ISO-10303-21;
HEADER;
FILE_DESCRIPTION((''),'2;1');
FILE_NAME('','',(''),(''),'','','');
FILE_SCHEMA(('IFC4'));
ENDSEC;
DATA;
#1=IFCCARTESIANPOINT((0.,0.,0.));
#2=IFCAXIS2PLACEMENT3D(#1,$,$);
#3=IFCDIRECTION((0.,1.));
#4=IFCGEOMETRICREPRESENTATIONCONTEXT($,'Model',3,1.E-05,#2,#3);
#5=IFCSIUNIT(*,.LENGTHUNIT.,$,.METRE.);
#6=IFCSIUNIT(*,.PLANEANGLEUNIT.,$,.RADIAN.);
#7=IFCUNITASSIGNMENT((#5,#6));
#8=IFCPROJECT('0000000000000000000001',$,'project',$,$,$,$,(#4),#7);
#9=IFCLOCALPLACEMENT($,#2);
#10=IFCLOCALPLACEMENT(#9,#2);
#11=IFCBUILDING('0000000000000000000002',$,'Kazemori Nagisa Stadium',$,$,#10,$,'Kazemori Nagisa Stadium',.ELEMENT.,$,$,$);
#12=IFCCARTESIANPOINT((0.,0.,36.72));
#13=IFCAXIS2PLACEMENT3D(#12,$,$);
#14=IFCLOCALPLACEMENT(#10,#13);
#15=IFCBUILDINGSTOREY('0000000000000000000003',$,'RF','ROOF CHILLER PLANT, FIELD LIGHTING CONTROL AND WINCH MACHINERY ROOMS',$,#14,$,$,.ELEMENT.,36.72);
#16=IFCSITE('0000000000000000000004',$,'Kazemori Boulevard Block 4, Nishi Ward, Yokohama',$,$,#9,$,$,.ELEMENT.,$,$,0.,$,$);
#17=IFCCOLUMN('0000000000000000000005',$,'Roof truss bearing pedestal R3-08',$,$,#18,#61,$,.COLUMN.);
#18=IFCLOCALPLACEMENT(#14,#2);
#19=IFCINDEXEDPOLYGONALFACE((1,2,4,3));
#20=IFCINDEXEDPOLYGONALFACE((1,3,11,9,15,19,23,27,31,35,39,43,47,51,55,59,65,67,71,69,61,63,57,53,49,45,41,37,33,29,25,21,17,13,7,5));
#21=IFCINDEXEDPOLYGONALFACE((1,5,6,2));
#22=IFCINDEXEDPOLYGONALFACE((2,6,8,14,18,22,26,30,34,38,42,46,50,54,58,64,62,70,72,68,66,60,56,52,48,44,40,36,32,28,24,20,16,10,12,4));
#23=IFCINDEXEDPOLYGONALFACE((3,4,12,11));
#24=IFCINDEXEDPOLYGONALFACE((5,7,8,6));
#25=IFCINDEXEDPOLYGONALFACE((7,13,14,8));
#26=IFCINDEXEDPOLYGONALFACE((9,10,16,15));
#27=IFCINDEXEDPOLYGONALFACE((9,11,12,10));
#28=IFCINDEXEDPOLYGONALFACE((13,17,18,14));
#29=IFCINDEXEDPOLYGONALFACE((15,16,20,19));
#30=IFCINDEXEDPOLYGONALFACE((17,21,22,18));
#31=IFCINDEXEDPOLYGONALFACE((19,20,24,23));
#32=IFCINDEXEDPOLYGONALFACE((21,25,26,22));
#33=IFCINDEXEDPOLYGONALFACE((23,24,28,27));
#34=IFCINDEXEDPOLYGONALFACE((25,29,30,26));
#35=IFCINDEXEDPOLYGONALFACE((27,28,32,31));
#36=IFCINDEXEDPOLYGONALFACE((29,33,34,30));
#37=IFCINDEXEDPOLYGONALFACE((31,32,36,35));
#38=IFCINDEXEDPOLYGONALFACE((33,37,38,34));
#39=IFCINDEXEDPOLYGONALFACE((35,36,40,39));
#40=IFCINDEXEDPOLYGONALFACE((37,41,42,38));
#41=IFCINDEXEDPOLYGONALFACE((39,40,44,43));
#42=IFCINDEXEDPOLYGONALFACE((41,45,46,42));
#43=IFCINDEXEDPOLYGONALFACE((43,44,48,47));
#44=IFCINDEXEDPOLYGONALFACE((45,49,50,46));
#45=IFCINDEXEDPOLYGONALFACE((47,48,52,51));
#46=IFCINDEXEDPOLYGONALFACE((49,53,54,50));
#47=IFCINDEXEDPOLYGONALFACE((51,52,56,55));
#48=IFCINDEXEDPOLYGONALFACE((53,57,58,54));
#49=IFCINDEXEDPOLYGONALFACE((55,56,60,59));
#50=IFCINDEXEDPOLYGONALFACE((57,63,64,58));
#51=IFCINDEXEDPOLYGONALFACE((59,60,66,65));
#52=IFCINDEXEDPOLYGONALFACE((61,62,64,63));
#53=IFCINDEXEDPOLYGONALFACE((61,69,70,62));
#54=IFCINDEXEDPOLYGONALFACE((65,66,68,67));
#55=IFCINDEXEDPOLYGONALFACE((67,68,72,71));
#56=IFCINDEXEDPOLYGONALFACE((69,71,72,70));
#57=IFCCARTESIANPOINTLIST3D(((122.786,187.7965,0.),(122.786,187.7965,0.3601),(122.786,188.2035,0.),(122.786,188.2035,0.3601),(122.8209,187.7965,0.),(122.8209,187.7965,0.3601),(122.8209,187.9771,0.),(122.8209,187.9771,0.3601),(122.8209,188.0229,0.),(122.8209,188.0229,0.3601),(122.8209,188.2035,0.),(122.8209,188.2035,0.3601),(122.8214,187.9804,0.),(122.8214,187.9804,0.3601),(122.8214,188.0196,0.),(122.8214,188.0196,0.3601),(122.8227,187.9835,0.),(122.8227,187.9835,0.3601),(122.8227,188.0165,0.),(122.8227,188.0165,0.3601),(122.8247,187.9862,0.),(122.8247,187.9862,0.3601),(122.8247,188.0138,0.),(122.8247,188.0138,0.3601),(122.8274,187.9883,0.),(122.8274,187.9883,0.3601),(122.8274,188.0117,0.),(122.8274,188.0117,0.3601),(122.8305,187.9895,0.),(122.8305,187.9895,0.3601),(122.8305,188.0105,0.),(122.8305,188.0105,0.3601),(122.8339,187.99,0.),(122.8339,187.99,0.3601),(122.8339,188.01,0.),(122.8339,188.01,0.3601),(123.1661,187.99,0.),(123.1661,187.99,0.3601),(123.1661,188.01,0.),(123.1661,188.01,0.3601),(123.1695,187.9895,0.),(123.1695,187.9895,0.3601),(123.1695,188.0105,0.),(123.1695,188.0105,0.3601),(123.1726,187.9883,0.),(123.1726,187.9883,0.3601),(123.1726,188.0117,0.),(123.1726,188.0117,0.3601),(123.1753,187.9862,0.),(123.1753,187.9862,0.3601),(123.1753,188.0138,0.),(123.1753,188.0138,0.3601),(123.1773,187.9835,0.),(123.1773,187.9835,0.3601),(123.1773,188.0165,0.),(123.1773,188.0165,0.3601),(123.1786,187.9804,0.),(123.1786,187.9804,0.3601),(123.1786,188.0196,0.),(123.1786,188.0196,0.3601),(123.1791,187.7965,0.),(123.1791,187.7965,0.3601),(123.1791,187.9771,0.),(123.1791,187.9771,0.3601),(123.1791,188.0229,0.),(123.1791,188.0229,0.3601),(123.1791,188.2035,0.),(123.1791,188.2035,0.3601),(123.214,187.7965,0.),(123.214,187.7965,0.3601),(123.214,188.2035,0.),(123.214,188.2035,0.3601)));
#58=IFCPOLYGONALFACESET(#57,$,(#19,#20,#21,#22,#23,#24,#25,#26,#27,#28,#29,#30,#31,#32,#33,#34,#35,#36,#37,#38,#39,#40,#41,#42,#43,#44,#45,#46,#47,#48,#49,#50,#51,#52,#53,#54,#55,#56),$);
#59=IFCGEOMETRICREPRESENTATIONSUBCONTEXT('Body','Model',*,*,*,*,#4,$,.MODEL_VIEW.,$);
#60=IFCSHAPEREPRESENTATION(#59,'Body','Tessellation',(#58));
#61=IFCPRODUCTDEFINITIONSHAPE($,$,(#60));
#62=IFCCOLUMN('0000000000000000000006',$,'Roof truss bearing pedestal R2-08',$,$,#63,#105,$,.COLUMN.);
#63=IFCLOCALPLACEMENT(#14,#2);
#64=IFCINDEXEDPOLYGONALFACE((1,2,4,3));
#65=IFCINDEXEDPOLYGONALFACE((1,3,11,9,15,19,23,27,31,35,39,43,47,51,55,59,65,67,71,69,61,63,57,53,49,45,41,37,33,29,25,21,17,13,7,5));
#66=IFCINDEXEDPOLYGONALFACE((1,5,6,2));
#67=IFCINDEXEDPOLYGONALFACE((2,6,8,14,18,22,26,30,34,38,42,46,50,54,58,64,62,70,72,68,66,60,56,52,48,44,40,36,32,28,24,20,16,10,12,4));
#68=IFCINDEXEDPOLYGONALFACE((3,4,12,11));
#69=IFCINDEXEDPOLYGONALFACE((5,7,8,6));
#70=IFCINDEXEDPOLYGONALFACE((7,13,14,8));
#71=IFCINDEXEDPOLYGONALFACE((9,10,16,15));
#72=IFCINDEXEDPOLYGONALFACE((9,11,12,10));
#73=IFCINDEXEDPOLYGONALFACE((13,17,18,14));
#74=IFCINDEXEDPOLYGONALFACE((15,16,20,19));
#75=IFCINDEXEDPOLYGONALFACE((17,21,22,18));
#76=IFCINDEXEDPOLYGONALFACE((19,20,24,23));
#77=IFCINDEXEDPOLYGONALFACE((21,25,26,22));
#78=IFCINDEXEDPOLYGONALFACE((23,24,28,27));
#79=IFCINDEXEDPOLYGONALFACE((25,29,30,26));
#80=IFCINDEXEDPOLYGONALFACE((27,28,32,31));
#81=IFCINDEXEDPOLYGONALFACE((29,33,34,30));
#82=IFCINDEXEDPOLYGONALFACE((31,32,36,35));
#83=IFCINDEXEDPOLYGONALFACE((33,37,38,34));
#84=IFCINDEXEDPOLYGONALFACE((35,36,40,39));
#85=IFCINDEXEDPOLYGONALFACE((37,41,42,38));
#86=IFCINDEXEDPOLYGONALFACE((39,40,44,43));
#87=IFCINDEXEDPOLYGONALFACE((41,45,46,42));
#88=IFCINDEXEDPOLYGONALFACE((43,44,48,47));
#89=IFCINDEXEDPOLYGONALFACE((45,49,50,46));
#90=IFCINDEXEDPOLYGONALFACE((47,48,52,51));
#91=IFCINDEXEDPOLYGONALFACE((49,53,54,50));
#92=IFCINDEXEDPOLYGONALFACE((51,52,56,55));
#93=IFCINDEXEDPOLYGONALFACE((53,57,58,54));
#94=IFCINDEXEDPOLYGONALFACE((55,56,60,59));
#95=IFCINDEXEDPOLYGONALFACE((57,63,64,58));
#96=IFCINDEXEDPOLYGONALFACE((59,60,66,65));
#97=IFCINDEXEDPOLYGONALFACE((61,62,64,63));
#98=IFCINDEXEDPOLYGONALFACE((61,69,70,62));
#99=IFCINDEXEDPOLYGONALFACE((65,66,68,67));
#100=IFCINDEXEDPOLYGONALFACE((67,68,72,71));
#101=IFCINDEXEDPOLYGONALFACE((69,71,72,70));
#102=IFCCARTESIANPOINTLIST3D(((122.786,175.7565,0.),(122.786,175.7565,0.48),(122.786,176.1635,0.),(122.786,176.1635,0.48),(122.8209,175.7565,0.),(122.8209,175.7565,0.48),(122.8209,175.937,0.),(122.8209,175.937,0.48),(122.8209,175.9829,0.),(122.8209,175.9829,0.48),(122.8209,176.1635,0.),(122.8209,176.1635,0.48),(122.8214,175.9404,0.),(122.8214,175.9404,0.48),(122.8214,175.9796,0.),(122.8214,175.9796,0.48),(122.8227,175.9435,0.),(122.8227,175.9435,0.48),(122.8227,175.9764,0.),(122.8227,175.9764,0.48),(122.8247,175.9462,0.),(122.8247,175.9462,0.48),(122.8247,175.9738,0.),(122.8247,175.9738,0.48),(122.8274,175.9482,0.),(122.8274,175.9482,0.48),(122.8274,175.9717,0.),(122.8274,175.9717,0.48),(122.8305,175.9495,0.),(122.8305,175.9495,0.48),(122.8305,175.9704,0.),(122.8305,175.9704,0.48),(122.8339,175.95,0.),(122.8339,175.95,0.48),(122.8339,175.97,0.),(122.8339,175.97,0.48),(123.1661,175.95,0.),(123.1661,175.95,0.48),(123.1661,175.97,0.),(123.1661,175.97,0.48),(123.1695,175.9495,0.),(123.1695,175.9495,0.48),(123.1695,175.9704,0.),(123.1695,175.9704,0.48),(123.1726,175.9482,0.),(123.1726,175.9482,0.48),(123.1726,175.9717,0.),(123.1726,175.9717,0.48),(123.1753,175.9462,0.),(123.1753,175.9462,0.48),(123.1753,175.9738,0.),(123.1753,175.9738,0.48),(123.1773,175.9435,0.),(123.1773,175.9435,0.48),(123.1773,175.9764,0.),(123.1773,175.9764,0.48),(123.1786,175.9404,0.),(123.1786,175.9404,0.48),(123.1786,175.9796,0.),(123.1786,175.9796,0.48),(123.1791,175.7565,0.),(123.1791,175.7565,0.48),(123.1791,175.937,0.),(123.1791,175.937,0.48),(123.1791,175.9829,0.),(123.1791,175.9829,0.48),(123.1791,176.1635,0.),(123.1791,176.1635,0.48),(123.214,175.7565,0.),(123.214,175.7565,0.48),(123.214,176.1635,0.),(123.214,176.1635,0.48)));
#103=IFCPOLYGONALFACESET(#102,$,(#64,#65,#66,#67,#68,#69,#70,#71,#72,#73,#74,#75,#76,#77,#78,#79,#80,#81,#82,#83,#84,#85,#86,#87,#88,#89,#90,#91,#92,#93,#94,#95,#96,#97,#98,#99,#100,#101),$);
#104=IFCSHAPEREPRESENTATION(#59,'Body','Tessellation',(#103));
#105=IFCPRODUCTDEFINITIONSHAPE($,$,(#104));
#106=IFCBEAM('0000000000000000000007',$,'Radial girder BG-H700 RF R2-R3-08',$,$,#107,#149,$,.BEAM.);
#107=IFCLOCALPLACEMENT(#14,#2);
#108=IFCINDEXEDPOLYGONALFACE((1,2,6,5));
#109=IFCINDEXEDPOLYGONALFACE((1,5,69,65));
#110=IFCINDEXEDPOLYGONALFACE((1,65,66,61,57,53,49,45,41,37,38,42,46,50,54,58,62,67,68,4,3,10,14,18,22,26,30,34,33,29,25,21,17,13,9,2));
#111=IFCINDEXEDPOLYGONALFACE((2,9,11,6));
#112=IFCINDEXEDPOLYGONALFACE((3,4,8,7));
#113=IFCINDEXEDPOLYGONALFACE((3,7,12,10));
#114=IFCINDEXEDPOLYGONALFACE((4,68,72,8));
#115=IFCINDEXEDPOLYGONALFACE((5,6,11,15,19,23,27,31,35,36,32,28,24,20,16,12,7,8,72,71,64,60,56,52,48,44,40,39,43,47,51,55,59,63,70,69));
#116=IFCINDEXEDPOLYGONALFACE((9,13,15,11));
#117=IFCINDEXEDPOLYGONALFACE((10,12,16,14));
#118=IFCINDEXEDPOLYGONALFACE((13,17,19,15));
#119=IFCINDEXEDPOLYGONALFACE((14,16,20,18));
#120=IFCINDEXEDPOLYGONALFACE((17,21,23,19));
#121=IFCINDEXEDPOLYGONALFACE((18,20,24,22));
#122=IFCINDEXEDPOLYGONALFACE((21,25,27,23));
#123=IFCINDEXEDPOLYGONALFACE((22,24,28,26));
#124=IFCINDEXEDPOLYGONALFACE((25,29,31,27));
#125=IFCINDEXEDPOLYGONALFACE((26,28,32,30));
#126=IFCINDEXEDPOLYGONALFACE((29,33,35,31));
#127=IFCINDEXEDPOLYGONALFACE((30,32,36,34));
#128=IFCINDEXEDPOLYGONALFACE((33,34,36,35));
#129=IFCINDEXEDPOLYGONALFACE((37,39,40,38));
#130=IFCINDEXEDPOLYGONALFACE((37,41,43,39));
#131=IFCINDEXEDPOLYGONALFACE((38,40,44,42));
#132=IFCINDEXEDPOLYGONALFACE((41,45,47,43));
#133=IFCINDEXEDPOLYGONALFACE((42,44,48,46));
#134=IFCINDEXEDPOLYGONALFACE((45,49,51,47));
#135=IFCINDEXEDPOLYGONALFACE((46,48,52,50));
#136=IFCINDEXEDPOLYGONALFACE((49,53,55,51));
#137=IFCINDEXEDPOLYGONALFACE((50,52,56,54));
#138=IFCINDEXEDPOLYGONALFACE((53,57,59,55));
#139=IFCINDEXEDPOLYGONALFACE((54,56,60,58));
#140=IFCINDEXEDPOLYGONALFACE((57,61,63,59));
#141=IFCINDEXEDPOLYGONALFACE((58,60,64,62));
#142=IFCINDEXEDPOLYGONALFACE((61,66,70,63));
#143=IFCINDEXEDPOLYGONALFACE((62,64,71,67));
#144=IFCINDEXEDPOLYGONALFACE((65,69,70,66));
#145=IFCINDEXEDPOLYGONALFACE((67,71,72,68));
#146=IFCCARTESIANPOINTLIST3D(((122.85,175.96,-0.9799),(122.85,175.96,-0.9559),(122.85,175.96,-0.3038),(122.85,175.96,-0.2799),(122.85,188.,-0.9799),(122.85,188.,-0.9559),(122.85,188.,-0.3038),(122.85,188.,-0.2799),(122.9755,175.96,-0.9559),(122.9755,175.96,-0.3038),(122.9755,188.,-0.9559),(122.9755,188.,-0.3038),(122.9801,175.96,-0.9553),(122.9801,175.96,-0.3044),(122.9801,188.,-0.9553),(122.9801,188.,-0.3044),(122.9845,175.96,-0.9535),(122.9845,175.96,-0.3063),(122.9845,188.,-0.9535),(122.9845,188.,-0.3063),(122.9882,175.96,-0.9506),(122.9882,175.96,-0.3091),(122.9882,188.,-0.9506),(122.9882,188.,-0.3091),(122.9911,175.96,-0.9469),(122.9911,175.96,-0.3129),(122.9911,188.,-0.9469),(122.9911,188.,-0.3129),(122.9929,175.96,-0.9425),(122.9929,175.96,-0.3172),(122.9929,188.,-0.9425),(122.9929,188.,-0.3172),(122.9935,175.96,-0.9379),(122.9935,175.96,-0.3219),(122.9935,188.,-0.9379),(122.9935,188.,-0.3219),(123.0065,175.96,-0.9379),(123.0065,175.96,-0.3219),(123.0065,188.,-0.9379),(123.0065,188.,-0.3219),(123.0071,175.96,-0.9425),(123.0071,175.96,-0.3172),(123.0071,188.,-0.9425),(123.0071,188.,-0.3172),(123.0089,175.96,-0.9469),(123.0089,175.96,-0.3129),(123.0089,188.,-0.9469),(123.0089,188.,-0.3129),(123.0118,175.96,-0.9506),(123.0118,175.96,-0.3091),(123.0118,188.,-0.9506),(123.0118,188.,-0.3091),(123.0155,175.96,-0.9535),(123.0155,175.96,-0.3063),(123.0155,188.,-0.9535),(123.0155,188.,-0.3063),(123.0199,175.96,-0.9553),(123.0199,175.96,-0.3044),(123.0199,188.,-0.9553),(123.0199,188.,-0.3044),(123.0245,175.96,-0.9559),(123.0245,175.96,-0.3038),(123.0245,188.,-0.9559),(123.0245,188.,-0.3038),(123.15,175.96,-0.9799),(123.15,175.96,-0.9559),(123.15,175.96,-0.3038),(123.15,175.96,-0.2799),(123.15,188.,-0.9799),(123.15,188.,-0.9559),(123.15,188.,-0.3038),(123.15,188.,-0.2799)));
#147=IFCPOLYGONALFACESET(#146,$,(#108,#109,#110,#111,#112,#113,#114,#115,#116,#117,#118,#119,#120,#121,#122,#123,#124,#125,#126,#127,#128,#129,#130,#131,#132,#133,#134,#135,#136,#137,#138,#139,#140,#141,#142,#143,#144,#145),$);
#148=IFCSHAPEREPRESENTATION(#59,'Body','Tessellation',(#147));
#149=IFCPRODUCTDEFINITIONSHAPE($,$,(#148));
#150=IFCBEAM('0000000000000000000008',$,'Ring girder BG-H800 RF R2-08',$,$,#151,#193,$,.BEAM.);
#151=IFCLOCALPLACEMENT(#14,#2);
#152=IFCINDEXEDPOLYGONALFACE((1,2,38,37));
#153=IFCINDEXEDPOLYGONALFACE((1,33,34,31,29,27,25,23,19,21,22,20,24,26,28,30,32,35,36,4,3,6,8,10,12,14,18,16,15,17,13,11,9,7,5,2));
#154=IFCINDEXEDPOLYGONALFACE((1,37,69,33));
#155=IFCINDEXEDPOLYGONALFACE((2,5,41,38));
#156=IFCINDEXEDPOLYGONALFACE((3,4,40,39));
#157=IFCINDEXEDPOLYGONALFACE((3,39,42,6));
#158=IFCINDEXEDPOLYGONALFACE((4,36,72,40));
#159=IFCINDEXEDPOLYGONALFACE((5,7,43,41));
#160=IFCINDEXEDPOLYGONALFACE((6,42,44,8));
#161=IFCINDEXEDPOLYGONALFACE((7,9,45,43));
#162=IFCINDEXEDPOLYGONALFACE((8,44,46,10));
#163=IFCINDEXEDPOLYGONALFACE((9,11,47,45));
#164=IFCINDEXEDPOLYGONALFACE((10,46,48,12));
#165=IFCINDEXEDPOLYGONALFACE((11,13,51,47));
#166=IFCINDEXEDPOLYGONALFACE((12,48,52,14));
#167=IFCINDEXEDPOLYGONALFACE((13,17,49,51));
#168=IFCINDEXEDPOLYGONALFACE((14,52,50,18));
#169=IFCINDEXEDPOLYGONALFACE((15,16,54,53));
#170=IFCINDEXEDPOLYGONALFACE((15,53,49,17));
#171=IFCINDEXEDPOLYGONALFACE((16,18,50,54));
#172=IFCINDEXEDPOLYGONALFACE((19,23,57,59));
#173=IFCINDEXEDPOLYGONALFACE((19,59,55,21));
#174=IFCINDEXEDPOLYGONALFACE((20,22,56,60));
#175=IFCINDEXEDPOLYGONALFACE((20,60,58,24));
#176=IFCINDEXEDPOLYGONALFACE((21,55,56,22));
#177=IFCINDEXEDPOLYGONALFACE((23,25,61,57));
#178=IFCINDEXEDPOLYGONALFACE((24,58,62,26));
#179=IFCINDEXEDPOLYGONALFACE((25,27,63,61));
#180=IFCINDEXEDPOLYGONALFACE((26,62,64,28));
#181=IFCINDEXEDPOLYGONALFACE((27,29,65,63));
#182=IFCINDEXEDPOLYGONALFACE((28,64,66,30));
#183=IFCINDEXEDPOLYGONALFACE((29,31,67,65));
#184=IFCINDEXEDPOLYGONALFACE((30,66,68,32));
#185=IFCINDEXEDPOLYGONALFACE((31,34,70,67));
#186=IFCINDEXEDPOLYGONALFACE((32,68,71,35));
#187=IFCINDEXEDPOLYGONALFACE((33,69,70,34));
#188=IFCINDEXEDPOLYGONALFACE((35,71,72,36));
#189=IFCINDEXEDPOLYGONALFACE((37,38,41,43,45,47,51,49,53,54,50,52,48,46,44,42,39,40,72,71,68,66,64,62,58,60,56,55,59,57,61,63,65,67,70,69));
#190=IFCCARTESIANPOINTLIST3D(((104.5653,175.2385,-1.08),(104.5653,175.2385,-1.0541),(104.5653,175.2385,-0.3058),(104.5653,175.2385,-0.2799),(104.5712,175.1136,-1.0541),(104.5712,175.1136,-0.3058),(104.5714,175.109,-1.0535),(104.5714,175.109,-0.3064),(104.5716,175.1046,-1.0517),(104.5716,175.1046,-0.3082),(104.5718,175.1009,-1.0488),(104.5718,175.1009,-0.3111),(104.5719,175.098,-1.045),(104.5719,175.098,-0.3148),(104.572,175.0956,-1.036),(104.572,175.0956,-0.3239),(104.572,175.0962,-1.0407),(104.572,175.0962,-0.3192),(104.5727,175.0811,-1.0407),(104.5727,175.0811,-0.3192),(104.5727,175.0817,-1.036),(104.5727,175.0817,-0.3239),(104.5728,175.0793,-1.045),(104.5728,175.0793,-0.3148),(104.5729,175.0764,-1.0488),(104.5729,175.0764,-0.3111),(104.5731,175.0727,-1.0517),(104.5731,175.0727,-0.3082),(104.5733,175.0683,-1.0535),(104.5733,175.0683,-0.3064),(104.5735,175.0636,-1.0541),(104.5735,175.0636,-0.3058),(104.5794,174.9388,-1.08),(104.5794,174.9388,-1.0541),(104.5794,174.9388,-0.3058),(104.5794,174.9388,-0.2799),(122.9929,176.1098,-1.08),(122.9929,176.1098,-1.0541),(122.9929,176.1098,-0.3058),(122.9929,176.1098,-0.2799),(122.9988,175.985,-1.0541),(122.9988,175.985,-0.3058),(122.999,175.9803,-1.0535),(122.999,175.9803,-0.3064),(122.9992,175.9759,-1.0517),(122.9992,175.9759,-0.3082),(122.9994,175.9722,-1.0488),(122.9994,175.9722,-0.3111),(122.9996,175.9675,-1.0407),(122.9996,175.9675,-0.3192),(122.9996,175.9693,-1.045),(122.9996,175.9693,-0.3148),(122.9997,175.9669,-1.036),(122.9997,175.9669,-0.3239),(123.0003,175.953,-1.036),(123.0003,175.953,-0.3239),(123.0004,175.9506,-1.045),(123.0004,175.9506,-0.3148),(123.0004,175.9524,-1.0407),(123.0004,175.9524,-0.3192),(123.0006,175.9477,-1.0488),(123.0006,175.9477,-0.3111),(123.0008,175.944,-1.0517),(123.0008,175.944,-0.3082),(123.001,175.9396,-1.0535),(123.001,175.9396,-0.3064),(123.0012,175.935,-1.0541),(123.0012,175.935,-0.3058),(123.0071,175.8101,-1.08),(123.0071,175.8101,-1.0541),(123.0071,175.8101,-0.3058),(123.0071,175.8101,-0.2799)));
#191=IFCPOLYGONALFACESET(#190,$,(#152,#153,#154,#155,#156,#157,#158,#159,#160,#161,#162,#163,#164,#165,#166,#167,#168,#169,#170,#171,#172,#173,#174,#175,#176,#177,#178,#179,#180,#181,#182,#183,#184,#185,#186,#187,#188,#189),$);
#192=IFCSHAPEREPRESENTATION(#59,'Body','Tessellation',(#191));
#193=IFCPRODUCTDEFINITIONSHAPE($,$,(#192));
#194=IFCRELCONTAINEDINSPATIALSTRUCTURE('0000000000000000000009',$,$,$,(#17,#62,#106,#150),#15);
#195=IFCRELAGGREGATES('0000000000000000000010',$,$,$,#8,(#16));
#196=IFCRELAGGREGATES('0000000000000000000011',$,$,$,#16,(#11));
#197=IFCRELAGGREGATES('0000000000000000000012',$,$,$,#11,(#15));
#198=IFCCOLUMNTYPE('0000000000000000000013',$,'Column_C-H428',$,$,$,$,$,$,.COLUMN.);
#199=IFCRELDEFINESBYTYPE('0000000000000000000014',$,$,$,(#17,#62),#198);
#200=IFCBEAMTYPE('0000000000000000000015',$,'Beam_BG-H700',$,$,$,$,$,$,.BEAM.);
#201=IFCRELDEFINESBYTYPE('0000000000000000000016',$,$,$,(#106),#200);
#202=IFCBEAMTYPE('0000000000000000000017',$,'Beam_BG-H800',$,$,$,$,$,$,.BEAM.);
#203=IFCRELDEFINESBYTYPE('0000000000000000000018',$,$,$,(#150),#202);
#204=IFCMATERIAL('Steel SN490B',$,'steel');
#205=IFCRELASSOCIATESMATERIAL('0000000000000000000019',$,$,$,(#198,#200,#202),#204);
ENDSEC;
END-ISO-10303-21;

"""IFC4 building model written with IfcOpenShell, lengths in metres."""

from ifc_helpers import new_model, si_unit, direction, frame, origin, origin_2d, place, context, subcontext, project, spatial, i_section, extrude, material, material_profile, profile_set, type_object, element, save


model = new_model("IFC4")

# Units and contexts
model_context = context("Model", 3, precision=1e-05, world=origin(), true_north=direction((0.0, 1.0)))
body_context = subcontext(model_context, "Body", "Model", "MODEL_VIEW")
ifc_project = project(units=[si_unit("LENGTHUNIT", "METRE"), si_unit("PLANEANGLEUNIT", "RADIAN")], contexts=[model_context])

# Site, building, storey
site_placement = place(None, origin())
site = spatial("IfcSite", under=ifc_project, at=site_placement, Name="Kazemori Boulevard Block 4, Nishi Ward, Yokohama", CompositionType="ELEMENT", RefElevation=0.0)
building_placement = place(site_placement, origin())
building = spatial("IfcBuilding", under=site, at=building_placement, Name="Kazemori Nagisa Stadium", LongName="Kazemori Nagisa Stadium", CompositionType="ELEMENT")
storey_placement = place(building_placement, frame((0.0, 0.0, 36.72)))
storey = spatial("IfcBuildingStorey", under=building, at=storey_placement, Name="RF", Description="ROOF CHILLER PLANT, FIELD LIGHTING CONTROL AND WINCH MACHINERY ROOMS", CompositionType="ELEMENT", Elevation=36.72)

# Columns
ifc_material_1 = material(Name="Steel SN490B", Category="steel")
ifc_material_profile_1 = material_profile(ifc_material_1, i_section(OverallWidth=0.407, OverallDepth=0.428, WebThickness=0.02, FlangeThickness=0.0349, FilletRadius=0.0129, at=origin_2d()), Name="H-428x407x20x35")
ifc_profile_set_1 = profile_set([ifc_material_profile_1], Name="Steel SN490B")
column_type = type_object("IfcColumnType", Name="Column_C-H428", PredefinedType="COLUMN", material=ifc_profile_set_1)
column_1_placement = place(storey_placement, frame((123.0, 188.0, 0.0), z_axis=(0.0, 0.0, 1.0), x_axis=(0.0, 1.0, 0.0)))
element("IfcColumn", 1, at=column_1_placement, inside=storey, type_object=column_type, Name="Roof truss bearing pedestal R3-08", PredefinedType="COLUMN", context=body_context, shape_type="SweptSolid", body=[
    extrude(i_section(OverallWidth=0.407, OverallDepth=0.428, WebThickness=0.02, FlangeThickness=0.0349, FilletRadius=0.0129, at=origin_2d()), origin(), (0.0, 0.0, 1.0), 0.3601),
])
column_2_placement = place(storey_placement, frame((123.0, 175.96, 0.0), z_axis=(0.0, 0.0, 1.0), x_axis=(0.0, 1.0, 0.0)))
element("IfcColumn", 2, at=column_2_placement, inside=storey, type_object=column_type, Name="Roof truss bearing pedestal R2-08", PredefinedType="COLUMN", context=body_context, shape_type="SweptSolid", body=[
    extrude(i_section(OverallWidth=0.407, OverallDepth=0.428, WebThickness=0.02, FlangeThickness=0.0349, FilletRadius=0.0129, at=origin_2d()), origin(), (0.0, 0.0, 1.0), 0.48),
])

# Beams
ifc_material_profile_2 = material_profile(ifc_material_1, i_section(OverallWidth=0.3, OverallDepth=0.7, WebThickness=0.0129, FlangeThickness=0.0239, FilletRadius=0.0181, at=origin_2d()), Name="H-700x300x13x24")
ifc_profile_set_2 = profile_set([ifc_material_profile_2], Name="Steel SN490B")
beam_type_1 = type_object("IfcBeamType", Name="Beam_BG-H700", PredefinedType="BEAM", material=ifc_profile_set_2)
beam_1_placement = place(storey_placement, frame((123.0, 175.96, -0.6299), z_axis=(0.0, 1.0, 0.0), x_axis=(-1.0, 0.0, 0.0)))
element("IfcBeam", 3, at=beam_1_placement, inside=storey, type_object=beam_type_1, Name="Radial girder BG-H700 RF R2-R3-08", PredefinedType="BEAM", context=body_context, shape_type="SweptSolid", body=[
    extrude(i_section(OverallWidth=0.3, OverallDepth=0.7, WebThickness=0.0129, FlangeThickness=0.0239, FilletRadius=0.0181, at=origin_2d()), origin(), (0.0, 0.0, 1.0), 12.04),
])
ifc_material_profile_3 = material_profile(ifc_material_1, i_section(OverallWidth=0.3, OverallDepth=0.8, WebThickness=0.0139, FlangeThickness=0.0259, FilletRadius=0.0181, at=origin_2d()), Name="H-800x300x14x26")
ifc_profile_set_3 = profile_set([ifc_material_profile_3], Name="Steel SN490B")
beam_type_2 = type_object("IfcBeamType", Name="Beam_BG-H800", PredefinedType="BEAM", material=ifc_profile_set_3)
beam_2_placement = place(storey_placement, frame((123.0, 175.96, -0.6799), z_axis=(-0.998884, -0.047231, 0.0), x_axis=(0.047231, -0.998884, 0.0)))
element("IfcBeam", 4, at=beam_2_placement, inside=storey, type_object=beam_type_2, Name="Ring girder BG-H800 RF R2-08", PredefinedType="BEAM", context=body_context, shape_type="SweptSolid", body=[
    extrude(i_section(OverallWidth=0.3, OverallDepth=0.8, WebThickness=0.0139, FlangeThickness=0.0259, FilletRadius=0.0181, at=origin_2d()), origin(), (0.0, 0.0, 1.0), 18.4482),
])

save(model, "model.ifc")
